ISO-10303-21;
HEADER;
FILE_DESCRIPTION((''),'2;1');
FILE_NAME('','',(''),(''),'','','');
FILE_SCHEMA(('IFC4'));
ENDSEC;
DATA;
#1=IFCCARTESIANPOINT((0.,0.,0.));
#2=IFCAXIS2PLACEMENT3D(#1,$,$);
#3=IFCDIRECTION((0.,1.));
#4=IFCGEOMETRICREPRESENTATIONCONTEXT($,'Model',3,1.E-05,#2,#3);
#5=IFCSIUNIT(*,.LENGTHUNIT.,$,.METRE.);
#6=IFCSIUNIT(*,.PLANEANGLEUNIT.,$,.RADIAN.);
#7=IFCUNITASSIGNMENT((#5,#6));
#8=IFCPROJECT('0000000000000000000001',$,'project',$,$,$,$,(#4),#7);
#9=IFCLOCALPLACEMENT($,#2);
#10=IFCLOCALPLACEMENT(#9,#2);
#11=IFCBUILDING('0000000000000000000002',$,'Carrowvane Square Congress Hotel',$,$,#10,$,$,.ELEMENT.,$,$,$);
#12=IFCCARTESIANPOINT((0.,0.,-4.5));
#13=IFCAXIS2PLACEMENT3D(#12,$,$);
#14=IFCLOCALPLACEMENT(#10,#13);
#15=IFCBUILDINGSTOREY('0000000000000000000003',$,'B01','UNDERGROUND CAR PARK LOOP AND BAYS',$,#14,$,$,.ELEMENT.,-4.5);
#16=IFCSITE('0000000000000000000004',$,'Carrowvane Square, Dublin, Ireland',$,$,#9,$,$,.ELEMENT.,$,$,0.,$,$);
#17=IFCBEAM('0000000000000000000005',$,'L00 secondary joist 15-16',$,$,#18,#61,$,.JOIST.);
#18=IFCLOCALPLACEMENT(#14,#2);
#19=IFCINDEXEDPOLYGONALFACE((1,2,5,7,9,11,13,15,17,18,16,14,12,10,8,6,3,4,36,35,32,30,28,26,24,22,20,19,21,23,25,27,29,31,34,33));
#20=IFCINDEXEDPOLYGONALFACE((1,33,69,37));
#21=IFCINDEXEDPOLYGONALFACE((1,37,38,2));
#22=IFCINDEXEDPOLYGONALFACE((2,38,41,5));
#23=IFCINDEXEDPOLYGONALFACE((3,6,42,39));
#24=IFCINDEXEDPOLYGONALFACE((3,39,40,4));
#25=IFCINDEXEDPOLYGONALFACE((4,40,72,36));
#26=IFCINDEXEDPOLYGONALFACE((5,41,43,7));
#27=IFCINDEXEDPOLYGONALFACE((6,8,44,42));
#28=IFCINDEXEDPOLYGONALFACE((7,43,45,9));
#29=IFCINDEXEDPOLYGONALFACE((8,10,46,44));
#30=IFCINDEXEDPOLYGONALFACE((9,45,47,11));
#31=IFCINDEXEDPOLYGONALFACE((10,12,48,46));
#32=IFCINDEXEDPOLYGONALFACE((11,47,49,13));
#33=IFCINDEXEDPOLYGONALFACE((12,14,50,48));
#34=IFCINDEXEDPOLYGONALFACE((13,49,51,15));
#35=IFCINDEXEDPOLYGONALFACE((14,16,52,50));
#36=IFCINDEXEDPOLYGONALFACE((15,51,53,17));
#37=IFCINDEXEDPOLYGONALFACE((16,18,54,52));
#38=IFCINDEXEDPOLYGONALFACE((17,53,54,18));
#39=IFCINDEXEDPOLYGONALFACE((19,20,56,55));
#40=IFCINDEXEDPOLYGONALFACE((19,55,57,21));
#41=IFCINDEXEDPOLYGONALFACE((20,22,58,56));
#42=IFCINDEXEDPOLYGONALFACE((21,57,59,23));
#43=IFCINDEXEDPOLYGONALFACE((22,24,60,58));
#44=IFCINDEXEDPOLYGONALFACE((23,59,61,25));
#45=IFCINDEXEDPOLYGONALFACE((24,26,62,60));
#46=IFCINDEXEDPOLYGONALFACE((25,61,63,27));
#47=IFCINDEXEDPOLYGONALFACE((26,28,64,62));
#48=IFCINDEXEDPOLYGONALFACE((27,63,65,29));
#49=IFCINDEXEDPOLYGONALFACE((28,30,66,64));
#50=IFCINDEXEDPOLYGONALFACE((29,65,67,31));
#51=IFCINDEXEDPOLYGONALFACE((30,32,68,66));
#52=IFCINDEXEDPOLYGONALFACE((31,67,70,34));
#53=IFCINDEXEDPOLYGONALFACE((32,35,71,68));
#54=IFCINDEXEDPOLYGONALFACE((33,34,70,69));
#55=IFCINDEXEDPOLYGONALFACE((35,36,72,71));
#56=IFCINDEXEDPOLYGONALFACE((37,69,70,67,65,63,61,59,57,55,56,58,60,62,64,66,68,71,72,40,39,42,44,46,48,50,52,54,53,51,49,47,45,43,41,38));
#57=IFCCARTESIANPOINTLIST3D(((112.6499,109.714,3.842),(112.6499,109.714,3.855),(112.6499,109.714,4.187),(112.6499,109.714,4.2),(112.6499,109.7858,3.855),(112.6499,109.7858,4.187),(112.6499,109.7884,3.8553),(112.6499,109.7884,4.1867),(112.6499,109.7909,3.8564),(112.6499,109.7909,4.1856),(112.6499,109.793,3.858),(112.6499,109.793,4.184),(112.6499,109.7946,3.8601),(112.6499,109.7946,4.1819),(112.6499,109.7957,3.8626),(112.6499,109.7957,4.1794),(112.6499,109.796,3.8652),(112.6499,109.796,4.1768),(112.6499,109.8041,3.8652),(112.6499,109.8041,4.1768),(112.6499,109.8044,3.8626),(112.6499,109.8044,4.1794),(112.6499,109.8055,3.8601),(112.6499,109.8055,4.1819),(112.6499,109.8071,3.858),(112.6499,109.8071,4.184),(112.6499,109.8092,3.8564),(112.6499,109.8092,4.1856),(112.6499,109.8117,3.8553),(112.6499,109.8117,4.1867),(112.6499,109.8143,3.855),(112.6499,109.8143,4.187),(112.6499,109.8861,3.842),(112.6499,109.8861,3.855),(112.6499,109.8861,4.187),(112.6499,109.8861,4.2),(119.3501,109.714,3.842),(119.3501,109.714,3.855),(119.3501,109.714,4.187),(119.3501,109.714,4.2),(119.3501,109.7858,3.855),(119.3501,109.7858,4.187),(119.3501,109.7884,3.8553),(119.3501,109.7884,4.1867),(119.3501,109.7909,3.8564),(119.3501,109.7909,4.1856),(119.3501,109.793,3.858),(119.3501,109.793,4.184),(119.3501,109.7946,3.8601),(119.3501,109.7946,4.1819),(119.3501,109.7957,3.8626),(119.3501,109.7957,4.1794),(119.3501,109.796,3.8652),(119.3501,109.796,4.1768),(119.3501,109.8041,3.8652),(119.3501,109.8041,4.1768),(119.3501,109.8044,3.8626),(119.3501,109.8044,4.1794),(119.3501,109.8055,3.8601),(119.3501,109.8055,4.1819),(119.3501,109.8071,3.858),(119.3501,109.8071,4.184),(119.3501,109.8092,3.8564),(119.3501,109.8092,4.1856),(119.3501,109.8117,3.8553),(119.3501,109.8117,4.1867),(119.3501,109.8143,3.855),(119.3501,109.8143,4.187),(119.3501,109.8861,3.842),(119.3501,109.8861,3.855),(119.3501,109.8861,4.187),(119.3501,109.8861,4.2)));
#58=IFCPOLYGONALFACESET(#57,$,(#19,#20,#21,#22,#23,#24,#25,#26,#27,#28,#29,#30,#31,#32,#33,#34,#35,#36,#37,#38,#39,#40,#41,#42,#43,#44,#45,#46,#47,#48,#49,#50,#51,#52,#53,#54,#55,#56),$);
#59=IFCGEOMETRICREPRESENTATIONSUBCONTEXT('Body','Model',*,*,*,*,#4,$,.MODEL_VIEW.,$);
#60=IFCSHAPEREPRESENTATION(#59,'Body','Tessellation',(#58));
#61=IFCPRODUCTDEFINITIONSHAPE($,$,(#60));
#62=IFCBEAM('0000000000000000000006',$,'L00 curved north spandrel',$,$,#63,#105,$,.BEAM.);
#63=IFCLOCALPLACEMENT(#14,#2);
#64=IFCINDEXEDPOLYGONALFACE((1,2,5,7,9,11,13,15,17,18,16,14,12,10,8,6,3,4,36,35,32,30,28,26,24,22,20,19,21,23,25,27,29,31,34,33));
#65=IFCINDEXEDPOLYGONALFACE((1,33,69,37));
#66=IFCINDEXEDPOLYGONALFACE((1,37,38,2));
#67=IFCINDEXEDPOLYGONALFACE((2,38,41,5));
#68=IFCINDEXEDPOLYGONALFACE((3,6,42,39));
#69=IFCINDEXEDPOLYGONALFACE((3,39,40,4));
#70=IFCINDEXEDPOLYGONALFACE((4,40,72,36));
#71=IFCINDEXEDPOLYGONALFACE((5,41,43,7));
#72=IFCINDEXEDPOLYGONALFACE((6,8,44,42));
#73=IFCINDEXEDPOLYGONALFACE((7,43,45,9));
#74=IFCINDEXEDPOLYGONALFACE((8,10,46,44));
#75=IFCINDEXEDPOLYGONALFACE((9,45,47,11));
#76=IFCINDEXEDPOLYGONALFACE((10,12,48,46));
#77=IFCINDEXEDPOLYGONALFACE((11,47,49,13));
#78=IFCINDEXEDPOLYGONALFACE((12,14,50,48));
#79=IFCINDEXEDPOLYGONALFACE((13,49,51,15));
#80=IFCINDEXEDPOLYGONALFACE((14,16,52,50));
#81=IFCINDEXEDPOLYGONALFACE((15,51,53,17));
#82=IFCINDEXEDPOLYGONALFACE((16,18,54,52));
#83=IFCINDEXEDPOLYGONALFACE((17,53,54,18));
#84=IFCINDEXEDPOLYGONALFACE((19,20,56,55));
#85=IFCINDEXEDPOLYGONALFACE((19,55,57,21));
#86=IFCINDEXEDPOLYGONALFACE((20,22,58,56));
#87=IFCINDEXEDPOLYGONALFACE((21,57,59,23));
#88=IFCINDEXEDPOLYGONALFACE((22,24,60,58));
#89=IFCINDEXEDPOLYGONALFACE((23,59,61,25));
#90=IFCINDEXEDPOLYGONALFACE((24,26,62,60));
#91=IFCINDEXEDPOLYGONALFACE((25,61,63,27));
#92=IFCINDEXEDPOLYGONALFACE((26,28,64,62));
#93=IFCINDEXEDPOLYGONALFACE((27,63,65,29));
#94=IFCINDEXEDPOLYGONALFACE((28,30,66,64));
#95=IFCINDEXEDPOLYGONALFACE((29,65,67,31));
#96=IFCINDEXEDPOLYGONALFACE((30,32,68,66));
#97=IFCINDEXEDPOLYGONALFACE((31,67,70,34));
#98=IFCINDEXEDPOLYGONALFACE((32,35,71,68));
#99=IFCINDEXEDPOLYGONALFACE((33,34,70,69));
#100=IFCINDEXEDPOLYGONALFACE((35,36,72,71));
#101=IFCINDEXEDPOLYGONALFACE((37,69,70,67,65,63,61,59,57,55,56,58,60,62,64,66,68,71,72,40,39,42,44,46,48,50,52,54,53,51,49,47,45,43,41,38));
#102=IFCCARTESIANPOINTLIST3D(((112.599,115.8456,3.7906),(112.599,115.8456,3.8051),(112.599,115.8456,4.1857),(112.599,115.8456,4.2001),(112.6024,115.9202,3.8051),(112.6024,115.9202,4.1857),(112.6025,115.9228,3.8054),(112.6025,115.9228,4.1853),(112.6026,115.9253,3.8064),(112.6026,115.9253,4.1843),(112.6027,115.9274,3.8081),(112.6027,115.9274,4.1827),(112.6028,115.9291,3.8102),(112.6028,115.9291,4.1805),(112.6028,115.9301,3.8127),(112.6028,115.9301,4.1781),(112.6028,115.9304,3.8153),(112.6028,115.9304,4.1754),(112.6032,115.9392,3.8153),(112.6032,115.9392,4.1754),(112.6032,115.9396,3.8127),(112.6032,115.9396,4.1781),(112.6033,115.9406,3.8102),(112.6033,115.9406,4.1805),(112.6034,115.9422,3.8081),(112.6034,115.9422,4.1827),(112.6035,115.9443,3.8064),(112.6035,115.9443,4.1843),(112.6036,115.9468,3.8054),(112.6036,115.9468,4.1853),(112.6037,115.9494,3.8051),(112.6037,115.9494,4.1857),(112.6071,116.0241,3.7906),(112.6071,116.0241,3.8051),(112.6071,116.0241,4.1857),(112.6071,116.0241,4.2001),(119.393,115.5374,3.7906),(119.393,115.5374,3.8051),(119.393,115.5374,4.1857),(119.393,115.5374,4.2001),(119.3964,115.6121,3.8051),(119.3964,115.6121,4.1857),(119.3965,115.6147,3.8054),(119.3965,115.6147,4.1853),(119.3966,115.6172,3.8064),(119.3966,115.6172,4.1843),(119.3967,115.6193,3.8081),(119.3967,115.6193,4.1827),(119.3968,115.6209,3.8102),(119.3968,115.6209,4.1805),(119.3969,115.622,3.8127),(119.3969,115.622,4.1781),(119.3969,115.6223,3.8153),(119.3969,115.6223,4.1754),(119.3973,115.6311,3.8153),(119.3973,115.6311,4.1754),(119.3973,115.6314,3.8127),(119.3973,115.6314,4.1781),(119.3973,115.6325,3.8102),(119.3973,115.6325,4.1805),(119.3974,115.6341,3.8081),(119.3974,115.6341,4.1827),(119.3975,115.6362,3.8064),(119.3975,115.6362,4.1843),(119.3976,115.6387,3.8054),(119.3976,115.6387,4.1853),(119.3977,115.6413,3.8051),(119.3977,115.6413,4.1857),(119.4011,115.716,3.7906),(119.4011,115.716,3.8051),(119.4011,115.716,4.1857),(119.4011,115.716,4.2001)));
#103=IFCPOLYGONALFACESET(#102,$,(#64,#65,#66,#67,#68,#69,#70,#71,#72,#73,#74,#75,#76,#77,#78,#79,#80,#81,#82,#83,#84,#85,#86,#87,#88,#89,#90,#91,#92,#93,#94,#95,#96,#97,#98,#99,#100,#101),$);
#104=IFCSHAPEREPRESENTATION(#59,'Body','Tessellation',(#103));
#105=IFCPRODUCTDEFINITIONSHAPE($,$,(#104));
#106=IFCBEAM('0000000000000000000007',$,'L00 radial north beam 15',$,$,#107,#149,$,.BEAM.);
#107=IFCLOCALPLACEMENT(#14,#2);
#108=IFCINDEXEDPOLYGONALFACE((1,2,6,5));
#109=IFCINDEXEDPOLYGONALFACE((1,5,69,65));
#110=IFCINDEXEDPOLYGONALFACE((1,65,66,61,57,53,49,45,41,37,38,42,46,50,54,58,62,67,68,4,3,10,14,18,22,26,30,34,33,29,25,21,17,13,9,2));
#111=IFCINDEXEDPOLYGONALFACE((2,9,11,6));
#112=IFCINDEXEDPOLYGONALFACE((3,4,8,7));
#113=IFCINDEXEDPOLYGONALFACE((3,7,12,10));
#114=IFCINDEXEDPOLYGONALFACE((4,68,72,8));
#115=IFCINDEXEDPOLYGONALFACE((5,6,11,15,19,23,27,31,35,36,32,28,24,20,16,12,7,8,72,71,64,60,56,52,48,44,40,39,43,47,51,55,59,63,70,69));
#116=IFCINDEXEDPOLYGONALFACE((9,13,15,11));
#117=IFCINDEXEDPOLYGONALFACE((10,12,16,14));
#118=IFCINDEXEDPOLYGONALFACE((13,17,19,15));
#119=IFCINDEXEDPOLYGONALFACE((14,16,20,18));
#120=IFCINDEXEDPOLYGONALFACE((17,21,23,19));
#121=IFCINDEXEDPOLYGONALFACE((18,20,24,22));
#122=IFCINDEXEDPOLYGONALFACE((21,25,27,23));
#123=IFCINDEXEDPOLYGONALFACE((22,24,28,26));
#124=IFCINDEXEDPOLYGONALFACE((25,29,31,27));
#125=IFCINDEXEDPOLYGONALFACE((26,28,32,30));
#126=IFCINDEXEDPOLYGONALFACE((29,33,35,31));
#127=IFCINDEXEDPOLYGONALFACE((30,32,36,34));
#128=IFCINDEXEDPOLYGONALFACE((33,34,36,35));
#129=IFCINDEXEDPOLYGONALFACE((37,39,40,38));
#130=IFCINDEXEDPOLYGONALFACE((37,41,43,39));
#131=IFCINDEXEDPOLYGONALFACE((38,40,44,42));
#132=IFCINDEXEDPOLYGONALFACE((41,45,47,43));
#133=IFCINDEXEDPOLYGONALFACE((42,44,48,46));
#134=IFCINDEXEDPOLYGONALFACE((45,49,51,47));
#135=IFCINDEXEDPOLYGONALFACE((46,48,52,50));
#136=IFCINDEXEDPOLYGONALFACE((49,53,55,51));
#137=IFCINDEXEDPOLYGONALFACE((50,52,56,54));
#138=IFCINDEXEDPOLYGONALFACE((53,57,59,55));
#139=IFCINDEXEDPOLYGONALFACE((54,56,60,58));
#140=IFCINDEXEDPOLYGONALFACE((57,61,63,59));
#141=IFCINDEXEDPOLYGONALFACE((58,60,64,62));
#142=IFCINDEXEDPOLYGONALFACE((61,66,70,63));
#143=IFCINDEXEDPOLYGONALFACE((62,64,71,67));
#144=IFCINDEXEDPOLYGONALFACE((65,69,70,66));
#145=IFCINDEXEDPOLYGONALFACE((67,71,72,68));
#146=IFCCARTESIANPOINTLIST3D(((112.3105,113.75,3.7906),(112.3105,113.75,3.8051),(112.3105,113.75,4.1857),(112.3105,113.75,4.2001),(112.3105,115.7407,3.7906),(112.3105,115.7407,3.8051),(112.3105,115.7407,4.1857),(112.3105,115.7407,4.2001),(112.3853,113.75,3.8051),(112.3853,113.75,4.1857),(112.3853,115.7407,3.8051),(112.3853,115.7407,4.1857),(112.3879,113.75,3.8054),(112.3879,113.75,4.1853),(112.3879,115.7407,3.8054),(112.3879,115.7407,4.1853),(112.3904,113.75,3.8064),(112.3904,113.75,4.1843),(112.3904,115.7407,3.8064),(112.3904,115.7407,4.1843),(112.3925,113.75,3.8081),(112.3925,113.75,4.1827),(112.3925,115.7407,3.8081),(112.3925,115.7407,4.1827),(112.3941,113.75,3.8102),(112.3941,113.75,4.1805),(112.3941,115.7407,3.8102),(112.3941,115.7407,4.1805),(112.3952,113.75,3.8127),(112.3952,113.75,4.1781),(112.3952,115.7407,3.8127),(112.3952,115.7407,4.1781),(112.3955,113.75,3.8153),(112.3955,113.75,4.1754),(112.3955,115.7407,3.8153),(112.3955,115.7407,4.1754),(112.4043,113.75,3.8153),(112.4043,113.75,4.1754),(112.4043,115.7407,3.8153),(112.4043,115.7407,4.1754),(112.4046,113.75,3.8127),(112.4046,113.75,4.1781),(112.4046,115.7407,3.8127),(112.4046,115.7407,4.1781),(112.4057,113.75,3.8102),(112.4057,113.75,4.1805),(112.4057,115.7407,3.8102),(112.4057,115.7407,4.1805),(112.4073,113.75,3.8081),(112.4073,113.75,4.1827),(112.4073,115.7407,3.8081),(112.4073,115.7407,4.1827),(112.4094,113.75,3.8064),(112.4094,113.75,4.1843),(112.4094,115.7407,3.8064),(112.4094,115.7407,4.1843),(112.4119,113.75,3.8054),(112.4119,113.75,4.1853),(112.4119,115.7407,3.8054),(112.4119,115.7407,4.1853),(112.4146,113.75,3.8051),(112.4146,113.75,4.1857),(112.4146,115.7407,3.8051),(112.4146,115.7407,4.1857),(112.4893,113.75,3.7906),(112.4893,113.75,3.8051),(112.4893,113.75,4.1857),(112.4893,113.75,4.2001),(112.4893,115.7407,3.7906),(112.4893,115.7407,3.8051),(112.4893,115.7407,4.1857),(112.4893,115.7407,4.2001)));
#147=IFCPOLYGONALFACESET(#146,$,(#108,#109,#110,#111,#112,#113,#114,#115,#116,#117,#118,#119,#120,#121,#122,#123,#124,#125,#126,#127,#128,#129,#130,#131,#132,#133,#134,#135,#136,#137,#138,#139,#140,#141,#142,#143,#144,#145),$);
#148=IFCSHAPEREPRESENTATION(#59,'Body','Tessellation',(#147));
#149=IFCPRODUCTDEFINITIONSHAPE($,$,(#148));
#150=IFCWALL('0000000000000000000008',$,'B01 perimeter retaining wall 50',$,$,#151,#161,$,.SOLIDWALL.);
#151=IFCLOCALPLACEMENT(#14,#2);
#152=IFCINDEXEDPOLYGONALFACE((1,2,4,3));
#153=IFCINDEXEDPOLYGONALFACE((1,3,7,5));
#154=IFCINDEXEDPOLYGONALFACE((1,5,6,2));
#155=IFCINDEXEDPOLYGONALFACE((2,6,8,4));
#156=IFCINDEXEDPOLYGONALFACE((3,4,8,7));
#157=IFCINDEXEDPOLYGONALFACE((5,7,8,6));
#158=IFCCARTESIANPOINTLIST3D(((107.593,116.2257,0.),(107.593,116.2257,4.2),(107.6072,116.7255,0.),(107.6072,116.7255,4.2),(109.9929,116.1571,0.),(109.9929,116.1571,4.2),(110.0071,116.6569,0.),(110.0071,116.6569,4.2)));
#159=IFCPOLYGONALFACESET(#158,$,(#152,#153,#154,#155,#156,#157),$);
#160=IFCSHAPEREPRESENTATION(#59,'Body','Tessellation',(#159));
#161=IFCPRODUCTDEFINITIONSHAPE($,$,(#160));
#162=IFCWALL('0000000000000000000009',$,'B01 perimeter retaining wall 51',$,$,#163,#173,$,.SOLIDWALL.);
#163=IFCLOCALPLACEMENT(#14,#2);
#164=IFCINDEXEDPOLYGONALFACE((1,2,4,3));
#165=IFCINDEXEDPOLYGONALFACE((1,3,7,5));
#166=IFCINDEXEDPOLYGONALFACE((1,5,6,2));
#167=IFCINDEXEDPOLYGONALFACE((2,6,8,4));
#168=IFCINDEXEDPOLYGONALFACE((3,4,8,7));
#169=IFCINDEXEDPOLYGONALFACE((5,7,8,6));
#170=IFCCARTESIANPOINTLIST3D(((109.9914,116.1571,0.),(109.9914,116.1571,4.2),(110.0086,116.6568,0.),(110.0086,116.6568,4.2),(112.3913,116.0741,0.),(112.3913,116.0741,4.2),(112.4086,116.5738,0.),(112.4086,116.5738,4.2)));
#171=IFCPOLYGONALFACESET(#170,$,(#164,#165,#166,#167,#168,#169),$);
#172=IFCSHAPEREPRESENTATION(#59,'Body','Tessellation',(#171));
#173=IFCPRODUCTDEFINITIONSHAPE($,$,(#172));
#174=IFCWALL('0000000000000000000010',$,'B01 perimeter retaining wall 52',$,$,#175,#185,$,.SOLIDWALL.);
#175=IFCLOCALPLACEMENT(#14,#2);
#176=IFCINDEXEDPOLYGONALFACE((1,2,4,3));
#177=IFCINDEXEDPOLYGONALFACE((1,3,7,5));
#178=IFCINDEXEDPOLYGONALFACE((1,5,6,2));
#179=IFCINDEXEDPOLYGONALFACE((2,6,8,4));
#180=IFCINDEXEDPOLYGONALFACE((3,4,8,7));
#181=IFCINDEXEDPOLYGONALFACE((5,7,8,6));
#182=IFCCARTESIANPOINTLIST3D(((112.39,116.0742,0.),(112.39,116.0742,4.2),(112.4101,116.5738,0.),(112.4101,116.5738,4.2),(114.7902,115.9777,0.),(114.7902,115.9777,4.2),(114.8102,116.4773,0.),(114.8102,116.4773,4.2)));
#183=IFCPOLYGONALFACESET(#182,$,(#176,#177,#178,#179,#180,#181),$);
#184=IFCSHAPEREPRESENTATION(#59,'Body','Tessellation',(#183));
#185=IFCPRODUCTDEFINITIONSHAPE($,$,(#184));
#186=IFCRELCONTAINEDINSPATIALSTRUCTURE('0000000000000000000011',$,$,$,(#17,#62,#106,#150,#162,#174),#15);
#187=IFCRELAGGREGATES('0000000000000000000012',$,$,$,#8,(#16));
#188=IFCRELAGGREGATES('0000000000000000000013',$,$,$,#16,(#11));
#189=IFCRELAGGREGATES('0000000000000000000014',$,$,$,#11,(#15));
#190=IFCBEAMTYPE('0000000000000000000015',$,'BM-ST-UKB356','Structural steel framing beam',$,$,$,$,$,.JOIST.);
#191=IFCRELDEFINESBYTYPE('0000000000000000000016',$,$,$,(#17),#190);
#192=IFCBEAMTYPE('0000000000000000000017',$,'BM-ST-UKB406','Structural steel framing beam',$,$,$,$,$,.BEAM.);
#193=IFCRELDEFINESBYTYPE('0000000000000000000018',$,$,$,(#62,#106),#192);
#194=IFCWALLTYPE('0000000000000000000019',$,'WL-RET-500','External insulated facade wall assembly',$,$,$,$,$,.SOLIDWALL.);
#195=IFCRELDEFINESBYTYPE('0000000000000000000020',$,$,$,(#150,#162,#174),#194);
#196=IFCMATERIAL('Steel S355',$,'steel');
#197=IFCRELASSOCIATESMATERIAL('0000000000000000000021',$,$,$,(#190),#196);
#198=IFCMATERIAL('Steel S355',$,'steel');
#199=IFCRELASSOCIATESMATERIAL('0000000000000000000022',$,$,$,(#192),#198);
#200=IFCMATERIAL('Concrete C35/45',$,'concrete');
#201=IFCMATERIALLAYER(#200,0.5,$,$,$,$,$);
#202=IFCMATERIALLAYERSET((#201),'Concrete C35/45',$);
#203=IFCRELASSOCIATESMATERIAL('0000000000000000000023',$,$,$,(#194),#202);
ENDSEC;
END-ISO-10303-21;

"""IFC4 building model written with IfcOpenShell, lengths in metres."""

from ifc_helpers import new_model, si_unit, direction, frame, frame_2d, origin, origin_2d, place, context, subcontext, project, spatial, rectangle, i_section, extrude, material, layer, layer_set, material_profile, profile_set, type_object, element, save


model = new_model("IFC4")

# Units and contexts
model_context = context("Model", 3, precision=1e-05, world=origin(), true_north=direction((0.0, 1.0)))
body_context = subcontext(model_context, "Body", "Model", "MODEL_VIEW")
ifc_project = project(units=[si_unit("LENGTHUNIT", "METRE"), si_unit("PLANEANGLEUNIT", "RADIAN")], contexts=[model_context])

# Site, building, storey
site_placement = place(None, origin())
site = spatial("IfcSite", under=ifc_project, at=site_placement, Name="Carrowvane Square, Dublin, Ireland", CompositionType="ELEMENT", RefElevation=0.0)
building_placement = place(site_placement, origin())
building = spatial("IfcBuilding", under=site, at=building_placement, Name="Carrowvane Square Congress Hotel", CompositionType="ELEMENT")
storey_placement = place(building_placement, frame((0.0, 0.0, -4.5)))
storey = spatial("IfcBuildingStorey", under=building, at=storey_placement, Name="B01", Description="UNDERGROUND CAR PARK LOOP AND BAYS", CompositionType="ELEMENT", Elevation=-4.5)

# Beams
ifc_material_1 = material(Name="Steel S355", Category="steel")
ifc_material_profile_1 = material_profile(ifc_material_1, i_section(OverallWidth=0.1721, OverallDepth=0.3579, WebThickness=0.0081, FlangeThickness=0.0129, FilletRadius=0.0103, at=origin_2d()), Name="UKB 356x171x57")
ifc_profile_set_1 = profile_set([ifc_material_profile_1], Name="Steel S355")
beam_type_1 = type_object("IfcBeamType", Name="BM-ST-UKB356", Description="Structural steel framing beam", PredefinedType="JOIST", material=ifc_profile_set_1)
for number, where, z_axis, x_axis, name in (
    (1, (112.6499, 109.8, 4.021), (1.0, 0.0, 0.0), (0.0, 1.0, 0.0), "L00 secondary joist 15-16"),
):
    element("IfcBeam", number, at=place(storey_placement, frame(where, z_axis=z_axis, x_axis=x_axis)), inside=storey, type_object=beam_type_1, Name=name, PredefinedType="JOIST", context=body_context, shape_type="SweptSolid", body=[
        extrude(i_section(OverallWidth=0.1721, OverallDepth=0.3579, WebThickness=0.0081, FlangeThickness=0.0129, FilletRadius=0.0103, at=origin_2d()), origin(), (0.0, 0.0, 1.0), 6.7002),
    ])
ifc_material_2 = material(Name="Steel S355", Category="steel")
ifc_material_profile_2 = material_profile(ifc_material_2, i_section(OverallWidth=0.1787, OverallDepth=0.4094, WebThickness=0.0088, FlangeThickness=0.0144, FilletRadius=0.0103, at=origin_2d()), Name="UKB 406x178x67")
ifc_profile_set_2 = profile_set([ifc_material_profile_2], Name="Steel S355")
beam_type_2 = type_object("IfcBeamType", Name="BM-ST-UKB406", Description="Structural steel framing beam", PredefinedType="BEAM", material=ifc_profile_set_2)
beam_1_placement = place(storey_placement, frame((112.603, 115.9348, 3.9954), z_axis=(0.998973, -0.045303, 0.0), x_axis=(0.045303, 0.998973, 0.0)))
element("IfcBeam", 2, at=beam_1_placement, inside=storey, type_object=beam_type_2, Name="L00 curved north spandrel", PredefinedType="BEAM", context=body_context, shape_type="SweptSolid", body=[
    extrude(i_section(OverallWidth=0.1787, OverallDepth=0.4094, WebThickness=0.0088, FlangeThickness=0.0144, FilletRadius=0.0103, at=origin_2d()), origin(), (0.0, 0.0, 1.0), 6.801),
])
beam_2_placement = place(storey_placement, frame((112.3999, 113.75, 3.9954), z_axis=(0.0, 1.0, 0.0), x_axis=(-1.0, 0.0, 0.0)))
element("IfcBeam", 3, at=beam_2_placement, inside=storey, type_object=beam_type_2, Name="L00 radial north beam 15", PredefinedType="BEAM", context=body_context, shape_type="SweptSolid", body=[
    extrude(i_section(OverallWidth=0.1787, OverallDepth=0.4094, WebThickness=0.0088, FlangeThickness=0.0144, FilletRadius=0.0103, at=origin_2d()), origin(), (0.0, 0.0, 1.0), 1.9907),
])

# Walls
ifc_material_3 = material(Name="Concrete C35/45", Category="concrete")
ifc_layer = layer(ifc_material_3, 0.5)
ifc_layer_set = layer_set([ifc_layer], Name="Concrete C35/45")
wall_type = type_object("IfcWallType", Name="WL-RET-500", Description="External insulated facade wall assembly", PredefinedType="SOLIDWALL", material=ifc_layer_set)
wall_1_placement = place(storey_placement, frame((107.6001, 116.4756, 0.0), z_axis=(0.0, 0.0, 1.0), x_axis=(0.999592, -0.028574, 0.0)))
element("IfcWall", 4, at=wall_1_placement, inside=storey, type_object=wall_type, Name="B01 perimeter retaining wall 50", PredefinedType="SOLIDWALL", context=body_context, shape_type="SweptSolid", body=[
    extrude(rectangle(XDim=2.4009, YDim=0.5, at=frame_2d((1.2004, 0.0))), origin(), (0.0, 0.0, 1.0), 4.2),
])
wall_2_placement = place(storey_placement, frame((110.0, 116.407, 0.0), z_axis=(0.0, 0.0, 1.0), x_axis=(0.999402, -0.034567, 0.0)))
element("IfcWall", 5, at=wall_2_placement, inside=storey, type_object=wall_type, Name="B01 perimeter retaining wall 51", PredefinedType="SOLIDWALL", context=body_context, shape_type="SweptSolid", body=[
    extrude(rectangle(XDim=2.4014, YDim=0.5, at=frame_2d((1.2007, 0.0))), origin(), (0.0, 0.0, 1.0), 4.2),
])
wall_3_placement = place(storey_placement, frame((112.3999, 116.324, 0.0), z_axis=(0.0, 0.0, 1.0), x_axis=(0.999194, -0.040147, 0.0)))
element("IfcWall", 6, at=wall_3_placement, inside=storey, type_object=wall_type, Name="B01 perimeter retaining wall 52", PredefinedType="SOLIDWALL", context=body_context, shape_type="SweptSolid", body=[
    extrude(rectangle(XDim=2.4021, YDim=0.5, at=frame_2d((1.2012, 0.0))), origin(), (0.0, 0.0, 1.0), 4.2),
])

save(model, "model.ifc")
